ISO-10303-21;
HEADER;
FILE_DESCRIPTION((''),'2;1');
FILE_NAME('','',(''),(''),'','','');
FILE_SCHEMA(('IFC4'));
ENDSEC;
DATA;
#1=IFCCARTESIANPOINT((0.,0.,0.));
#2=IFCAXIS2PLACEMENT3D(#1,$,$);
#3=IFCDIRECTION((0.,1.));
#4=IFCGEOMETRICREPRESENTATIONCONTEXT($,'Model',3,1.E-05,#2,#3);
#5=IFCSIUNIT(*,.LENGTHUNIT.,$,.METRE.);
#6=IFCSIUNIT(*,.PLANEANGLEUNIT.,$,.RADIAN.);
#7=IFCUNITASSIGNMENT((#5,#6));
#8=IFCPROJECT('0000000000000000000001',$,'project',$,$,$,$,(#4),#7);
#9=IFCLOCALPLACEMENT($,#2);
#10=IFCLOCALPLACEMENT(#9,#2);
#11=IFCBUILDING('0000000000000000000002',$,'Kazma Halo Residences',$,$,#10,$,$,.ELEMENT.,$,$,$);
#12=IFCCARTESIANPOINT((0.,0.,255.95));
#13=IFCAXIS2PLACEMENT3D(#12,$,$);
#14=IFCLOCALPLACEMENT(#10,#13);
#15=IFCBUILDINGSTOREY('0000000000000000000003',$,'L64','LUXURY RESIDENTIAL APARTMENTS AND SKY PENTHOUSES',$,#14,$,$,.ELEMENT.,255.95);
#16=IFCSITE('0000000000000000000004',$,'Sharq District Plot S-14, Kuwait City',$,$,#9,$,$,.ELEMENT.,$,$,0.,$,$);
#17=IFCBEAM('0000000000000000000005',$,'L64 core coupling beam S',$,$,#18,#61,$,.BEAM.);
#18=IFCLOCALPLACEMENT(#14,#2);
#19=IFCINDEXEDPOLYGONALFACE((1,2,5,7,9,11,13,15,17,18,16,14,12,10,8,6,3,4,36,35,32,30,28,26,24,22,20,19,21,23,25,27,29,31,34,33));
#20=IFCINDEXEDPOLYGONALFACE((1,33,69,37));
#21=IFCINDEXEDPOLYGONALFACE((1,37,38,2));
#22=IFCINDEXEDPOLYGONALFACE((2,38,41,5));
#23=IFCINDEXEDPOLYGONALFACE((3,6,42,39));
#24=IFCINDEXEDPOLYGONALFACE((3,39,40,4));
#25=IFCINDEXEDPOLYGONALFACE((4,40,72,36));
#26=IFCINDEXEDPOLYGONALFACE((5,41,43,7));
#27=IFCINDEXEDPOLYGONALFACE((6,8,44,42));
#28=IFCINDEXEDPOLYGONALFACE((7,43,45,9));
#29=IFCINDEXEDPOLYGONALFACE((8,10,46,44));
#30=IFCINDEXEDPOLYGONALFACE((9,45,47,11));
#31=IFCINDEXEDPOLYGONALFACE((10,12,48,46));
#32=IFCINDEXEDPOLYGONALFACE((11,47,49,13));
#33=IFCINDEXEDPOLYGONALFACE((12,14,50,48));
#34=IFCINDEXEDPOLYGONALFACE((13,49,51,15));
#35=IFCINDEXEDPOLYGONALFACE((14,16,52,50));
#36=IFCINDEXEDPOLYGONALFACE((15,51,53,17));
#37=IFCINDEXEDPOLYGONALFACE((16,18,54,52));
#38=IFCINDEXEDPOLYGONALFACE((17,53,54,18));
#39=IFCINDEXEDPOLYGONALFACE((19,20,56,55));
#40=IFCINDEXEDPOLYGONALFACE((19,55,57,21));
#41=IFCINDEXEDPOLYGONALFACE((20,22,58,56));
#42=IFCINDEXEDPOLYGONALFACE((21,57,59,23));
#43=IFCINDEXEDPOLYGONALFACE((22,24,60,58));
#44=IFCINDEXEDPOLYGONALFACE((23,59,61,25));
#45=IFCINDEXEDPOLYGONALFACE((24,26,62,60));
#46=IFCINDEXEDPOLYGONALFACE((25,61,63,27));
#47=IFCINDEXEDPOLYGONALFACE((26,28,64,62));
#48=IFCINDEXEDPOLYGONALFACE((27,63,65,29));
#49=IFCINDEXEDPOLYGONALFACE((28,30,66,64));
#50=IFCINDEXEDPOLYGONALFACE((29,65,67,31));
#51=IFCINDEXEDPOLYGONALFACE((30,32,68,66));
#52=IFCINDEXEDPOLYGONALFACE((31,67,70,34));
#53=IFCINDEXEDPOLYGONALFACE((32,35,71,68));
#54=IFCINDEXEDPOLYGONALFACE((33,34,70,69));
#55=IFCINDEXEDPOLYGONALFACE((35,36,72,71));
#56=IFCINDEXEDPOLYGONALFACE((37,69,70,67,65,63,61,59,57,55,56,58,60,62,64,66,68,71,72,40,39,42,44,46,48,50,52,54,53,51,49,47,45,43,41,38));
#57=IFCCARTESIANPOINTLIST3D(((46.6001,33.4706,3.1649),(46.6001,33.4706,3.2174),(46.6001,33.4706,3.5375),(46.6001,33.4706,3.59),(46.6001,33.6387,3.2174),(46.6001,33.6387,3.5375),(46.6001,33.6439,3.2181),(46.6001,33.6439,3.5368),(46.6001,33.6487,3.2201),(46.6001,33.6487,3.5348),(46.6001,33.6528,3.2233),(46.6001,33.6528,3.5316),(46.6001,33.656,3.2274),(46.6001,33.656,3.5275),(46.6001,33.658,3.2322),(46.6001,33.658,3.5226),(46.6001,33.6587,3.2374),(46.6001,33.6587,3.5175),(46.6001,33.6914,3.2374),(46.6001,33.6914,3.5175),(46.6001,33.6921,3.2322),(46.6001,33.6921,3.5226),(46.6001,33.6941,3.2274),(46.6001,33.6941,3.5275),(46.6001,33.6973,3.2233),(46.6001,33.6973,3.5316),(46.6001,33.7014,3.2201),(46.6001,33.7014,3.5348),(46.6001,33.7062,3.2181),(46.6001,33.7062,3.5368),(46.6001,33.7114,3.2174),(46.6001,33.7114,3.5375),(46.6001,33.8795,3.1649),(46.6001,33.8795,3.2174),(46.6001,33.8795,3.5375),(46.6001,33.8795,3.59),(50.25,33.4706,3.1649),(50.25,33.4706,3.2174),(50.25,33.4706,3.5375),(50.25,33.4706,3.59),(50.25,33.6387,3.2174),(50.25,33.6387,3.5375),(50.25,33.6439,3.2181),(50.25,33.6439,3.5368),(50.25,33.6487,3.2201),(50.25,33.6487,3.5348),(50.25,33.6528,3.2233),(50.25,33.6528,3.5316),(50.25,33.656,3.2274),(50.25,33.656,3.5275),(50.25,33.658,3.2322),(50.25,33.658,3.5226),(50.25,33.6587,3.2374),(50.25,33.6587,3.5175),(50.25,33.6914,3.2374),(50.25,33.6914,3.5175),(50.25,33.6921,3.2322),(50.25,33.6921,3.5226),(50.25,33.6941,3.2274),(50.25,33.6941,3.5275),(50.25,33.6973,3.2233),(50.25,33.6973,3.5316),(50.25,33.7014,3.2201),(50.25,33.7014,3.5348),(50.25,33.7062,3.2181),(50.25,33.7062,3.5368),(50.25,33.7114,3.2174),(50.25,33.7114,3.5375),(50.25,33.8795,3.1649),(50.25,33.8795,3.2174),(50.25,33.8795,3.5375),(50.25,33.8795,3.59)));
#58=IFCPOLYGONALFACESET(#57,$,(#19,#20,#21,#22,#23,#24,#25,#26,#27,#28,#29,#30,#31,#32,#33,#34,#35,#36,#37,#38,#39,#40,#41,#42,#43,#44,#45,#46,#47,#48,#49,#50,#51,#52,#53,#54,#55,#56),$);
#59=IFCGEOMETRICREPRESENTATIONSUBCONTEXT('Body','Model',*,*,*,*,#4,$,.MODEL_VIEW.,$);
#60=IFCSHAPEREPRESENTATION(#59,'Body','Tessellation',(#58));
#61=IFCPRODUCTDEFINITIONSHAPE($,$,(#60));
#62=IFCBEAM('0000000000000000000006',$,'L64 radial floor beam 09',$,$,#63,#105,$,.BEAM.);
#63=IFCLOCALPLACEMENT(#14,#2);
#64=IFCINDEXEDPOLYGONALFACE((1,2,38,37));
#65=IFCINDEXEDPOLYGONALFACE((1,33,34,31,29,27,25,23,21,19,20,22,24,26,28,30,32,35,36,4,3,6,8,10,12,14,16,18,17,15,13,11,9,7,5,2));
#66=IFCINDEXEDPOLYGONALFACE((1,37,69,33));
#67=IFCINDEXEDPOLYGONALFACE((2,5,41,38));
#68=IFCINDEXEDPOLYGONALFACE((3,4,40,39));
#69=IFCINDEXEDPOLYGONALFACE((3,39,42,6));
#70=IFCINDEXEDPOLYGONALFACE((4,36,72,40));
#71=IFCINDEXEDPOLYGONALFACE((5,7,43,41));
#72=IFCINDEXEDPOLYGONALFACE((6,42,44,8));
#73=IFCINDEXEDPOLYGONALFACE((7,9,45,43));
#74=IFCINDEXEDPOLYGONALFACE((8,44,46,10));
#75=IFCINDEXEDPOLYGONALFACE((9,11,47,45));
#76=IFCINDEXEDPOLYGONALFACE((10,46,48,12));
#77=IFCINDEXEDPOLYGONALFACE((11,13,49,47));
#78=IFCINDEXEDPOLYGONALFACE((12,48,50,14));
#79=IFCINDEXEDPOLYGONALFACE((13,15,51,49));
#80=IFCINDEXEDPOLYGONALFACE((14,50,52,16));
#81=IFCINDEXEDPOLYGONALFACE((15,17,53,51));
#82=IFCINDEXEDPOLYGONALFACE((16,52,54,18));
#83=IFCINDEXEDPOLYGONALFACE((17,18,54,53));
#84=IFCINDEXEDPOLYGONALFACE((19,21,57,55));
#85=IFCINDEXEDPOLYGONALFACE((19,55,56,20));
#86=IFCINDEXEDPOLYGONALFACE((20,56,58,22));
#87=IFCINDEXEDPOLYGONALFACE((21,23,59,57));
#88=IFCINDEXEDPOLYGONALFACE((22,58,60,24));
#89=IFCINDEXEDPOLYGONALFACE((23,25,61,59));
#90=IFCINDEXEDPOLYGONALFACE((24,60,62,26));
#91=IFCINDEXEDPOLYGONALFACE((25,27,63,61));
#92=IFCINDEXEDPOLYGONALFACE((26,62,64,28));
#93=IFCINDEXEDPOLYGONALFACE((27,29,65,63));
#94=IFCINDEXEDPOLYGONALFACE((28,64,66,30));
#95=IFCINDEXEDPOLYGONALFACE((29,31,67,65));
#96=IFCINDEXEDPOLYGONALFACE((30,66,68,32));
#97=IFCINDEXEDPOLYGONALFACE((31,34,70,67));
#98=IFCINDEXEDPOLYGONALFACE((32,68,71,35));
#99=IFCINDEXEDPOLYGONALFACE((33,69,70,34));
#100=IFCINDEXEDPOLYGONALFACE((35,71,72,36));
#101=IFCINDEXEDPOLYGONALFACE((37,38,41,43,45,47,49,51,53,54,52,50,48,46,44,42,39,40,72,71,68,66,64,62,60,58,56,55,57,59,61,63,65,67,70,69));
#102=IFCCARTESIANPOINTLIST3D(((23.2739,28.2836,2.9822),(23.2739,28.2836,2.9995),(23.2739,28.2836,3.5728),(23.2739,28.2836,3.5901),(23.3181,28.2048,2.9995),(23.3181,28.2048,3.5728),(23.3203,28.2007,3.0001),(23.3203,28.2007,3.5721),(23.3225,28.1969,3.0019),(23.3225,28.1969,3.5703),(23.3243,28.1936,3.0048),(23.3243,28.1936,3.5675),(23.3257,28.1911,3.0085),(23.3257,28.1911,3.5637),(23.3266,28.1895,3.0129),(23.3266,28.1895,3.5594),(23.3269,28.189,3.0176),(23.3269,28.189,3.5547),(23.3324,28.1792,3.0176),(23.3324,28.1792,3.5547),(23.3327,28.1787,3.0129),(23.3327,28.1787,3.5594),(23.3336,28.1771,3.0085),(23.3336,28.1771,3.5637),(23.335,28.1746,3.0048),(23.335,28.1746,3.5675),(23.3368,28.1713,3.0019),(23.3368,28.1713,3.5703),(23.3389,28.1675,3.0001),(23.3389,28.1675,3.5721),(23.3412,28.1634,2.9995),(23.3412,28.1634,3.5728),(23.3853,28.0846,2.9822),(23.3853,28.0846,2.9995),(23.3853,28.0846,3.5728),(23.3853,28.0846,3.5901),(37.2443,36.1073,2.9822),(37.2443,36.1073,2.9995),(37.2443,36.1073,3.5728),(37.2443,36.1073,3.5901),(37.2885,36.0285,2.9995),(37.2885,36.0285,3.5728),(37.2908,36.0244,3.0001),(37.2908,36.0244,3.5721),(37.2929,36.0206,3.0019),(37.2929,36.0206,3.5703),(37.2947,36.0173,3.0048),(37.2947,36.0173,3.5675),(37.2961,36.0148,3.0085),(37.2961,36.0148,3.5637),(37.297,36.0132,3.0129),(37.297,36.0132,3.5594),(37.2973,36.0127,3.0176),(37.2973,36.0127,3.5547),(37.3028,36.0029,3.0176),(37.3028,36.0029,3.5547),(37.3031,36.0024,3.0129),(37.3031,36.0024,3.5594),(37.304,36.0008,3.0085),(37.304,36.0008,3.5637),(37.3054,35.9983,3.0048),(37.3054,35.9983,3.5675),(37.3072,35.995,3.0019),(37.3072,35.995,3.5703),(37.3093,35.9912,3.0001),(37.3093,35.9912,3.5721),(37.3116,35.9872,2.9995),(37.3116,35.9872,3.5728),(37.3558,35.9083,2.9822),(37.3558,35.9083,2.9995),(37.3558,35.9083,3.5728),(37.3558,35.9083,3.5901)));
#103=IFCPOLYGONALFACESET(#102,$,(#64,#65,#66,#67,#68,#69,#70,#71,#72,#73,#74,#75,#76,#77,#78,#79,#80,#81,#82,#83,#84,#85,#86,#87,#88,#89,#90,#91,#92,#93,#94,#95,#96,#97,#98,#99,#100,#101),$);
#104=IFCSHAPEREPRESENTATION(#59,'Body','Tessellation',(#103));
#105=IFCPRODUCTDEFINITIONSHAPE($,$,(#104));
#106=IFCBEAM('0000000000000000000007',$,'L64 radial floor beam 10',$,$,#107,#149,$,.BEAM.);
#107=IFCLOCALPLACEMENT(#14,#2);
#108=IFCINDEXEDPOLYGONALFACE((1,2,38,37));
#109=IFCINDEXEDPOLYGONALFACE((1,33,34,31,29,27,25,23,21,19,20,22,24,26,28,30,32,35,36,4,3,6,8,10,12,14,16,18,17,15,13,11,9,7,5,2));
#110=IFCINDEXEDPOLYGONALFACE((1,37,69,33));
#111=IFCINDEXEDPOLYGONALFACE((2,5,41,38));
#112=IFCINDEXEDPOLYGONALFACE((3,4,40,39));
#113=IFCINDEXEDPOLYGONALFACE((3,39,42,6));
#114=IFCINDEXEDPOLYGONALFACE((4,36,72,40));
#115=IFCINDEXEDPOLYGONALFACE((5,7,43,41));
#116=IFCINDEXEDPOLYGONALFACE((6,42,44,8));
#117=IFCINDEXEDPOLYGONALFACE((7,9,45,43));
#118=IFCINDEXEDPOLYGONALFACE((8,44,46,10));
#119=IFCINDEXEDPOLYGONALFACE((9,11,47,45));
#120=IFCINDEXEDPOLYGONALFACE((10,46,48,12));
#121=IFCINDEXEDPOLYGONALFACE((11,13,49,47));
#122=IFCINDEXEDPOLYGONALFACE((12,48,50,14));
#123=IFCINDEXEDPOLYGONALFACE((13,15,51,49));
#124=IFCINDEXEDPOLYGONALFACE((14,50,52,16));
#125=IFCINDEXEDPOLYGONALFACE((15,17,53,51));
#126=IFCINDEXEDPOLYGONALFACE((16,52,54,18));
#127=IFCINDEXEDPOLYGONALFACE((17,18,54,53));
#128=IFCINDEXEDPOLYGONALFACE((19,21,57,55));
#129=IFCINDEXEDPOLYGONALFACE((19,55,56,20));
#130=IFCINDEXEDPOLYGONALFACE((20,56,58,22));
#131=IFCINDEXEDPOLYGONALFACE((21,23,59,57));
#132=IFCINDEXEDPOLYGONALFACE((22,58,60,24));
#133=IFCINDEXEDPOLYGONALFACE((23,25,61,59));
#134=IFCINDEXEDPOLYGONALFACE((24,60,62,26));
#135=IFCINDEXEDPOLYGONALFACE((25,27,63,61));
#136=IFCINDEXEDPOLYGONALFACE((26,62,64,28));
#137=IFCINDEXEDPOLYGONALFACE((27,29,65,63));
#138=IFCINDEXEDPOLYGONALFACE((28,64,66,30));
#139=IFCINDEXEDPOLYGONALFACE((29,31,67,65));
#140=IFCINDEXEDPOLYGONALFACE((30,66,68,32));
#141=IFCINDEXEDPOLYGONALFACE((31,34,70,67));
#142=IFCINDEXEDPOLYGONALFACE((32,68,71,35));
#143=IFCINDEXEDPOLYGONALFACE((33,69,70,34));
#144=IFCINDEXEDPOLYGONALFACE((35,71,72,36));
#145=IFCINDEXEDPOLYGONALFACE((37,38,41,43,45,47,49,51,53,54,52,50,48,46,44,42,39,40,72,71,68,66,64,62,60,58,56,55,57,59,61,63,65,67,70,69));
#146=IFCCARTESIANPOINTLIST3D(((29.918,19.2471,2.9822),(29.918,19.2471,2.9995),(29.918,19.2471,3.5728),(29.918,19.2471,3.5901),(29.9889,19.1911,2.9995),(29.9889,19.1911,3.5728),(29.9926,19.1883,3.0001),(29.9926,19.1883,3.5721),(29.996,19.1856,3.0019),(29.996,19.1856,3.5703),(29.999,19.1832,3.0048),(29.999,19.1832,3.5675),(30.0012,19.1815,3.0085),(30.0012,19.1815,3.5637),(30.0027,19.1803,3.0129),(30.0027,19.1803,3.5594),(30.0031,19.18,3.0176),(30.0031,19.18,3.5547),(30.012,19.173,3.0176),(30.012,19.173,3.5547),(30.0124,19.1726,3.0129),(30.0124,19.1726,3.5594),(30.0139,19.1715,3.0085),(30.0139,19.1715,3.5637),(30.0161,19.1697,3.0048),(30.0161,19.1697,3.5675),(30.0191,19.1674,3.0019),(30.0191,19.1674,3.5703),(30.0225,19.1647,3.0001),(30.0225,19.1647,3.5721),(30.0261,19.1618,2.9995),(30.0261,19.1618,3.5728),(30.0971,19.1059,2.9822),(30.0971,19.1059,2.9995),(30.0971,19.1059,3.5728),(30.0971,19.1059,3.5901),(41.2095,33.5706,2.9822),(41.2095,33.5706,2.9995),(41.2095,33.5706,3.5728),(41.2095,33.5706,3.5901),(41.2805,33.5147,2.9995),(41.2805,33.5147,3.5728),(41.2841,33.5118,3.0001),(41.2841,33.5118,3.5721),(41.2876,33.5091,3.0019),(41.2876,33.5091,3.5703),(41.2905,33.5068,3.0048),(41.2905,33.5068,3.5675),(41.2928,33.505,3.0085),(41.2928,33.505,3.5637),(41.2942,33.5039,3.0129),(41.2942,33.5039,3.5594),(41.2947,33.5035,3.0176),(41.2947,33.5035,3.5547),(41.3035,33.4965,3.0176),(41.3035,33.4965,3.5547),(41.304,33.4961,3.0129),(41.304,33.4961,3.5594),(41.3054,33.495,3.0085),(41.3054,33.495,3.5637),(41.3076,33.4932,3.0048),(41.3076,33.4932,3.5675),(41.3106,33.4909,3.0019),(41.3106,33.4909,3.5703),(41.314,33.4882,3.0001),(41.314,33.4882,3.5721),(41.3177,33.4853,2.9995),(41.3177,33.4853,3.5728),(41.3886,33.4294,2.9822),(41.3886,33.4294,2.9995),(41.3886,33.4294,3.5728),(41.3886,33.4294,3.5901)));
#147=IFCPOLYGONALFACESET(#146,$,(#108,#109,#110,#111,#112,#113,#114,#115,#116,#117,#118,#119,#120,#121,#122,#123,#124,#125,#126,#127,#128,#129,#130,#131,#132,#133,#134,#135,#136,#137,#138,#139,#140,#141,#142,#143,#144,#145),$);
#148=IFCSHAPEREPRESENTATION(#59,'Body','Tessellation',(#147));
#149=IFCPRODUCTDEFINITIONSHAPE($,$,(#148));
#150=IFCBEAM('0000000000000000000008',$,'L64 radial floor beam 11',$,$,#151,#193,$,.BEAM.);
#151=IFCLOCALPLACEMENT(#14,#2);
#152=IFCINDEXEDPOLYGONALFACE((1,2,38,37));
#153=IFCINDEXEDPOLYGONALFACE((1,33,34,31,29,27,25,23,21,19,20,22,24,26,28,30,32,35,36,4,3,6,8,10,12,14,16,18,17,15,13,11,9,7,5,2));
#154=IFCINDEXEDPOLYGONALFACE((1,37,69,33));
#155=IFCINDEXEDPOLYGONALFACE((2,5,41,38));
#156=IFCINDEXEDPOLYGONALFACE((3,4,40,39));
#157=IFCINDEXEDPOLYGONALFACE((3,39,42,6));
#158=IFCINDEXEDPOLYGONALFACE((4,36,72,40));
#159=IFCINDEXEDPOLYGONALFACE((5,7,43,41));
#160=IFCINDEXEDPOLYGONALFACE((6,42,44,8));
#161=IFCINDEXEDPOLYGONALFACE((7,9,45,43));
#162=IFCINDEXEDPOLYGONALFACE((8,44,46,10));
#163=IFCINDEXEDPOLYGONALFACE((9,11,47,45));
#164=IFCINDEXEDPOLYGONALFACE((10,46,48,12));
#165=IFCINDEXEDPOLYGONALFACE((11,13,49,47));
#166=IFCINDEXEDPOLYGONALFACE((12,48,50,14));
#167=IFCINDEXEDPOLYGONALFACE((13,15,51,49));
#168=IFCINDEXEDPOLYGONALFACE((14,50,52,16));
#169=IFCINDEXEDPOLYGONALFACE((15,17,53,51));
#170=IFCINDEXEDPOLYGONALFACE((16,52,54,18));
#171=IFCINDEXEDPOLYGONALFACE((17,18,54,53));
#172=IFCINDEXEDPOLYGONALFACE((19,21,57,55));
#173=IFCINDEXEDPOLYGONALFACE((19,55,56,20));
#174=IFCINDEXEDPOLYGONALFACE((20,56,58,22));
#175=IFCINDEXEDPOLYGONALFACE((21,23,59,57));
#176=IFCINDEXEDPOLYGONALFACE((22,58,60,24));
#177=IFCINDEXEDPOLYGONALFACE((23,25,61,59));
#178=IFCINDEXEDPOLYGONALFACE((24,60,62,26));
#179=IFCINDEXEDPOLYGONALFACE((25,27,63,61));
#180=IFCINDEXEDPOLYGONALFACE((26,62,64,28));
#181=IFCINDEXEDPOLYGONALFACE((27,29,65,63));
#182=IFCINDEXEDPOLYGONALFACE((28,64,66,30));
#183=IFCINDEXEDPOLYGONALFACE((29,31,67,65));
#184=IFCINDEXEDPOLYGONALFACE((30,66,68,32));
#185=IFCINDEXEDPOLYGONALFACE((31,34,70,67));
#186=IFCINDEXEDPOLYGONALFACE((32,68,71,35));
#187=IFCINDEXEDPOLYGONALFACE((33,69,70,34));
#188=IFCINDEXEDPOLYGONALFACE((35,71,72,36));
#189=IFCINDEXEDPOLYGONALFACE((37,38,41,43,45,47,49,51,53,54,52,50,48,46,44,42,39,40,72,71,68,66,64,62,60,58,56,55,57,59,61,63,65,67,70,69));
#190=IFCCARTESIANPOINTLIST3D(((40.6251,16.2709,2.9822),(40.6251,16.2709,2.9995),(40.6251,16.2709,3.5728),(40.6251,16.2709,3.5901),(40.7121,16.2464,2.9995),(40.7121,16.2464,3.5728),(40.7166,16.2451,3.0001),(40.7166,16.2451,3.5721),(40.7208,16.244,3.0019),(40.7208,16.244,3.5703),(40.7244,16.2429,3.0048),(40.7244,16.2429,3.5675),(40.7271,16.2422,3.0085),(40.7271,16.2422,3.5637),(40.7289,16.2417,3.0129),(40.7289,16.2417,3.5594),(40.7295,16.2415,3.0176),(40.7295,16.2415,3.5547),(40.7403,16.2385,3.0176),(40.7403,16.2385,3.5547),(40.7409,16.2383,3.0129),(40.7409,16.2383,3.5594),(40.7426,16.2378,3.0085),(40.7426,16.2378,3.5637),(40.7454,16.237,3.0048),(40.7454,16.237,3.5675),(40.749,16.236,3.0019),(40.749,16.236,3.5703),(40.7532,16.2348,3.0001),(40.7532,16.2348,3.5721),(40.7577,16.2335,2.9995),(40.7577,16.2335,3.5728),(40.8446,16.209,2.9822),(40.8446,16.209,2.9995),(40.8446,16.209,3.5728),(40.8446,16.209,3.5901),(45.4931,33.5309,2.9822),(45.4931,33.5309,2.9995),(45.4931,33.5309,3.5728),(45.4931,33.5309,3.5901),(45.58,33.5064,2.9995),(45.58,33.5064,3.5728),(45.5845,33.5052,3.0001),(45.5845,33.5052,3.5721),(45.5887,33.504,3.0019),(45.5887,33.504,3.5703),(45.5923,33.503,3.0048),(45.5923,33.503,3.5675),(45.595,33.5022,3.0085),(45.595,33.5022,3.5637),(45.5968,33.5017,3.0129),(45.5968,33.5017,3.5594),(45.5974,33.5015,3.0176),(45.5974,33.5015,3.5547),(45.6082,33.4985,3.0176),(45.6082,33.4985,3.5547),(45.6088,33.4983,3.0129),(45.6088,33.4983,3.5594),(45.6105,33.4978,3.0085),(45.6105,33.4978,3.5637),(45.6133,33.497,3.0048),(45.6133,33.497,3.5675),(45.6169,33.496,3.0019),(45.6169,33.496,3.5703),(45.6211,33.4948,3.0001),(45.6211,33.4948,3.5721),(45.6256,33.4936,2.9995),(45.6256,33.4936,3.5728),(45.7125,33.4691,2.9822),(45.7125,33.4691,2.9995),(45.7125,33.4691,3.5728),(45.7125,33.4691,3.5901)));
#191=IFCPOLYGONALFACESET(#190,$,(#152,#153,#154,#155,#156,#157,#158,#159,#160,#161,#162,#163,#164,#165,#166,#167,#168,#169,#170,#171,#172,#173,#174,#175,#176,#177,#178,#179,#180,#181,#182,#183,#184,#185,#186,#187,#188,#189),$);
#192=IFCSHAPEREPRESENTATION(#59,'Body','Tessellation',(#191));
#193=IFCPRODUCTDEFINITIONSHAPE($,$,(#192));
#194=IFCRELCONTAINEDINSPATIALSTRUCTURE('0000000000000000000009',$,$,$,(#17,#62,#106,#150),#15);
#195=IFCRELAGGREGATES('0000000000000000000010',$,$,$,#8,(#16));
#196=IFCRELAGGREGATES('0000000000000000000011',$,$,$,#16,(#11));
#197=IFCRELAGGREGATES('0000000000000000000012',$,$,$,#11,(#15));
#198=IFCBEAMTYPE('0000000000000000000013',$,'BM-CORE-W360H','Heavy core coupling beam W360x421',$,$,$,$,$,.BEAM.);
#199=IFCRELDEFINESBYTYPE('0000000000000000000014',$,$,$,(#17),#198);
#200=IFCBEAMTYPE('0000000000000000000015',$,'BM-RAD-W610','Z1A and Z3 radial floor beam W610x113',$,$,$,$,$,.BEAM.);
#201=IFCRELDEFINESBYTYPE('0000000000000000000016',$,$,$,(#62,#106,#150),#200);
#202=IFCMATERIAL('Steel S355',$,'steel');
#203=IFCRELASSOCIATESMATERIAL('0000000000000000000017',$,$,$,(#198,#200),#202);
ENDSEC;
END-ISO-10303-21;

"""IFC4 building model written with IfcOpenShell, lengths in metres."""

from ifc_helpers import new_model, si_unit, direction, frame, origin, origin_2d, place, context, subcontext, project, spatial, i_section, extrude, material, material_profile, profile_set, type_object, element, save


model = new_model("IFC4")

# Units and contexts
model_context = context("Model", 3, precision=1e-05, world=origin(), true_north=direction((0.0, 1.0)))
body_context = subcontext(model_context, "Body", "Model", "MODEL_VIEW")
ifc_project = project(units=[si_unit("LENGTHUNIT", "METRE"), si_unit("PLANEANGLEUNIT", "RADIAN")], contexts=[model_context])

# Site, building, storey
site_placement = place(None, origin())
site = spatial("IfcSite", under=ifc_project, at=site_placement, Name="Sharq District Plot S-14, Kuwait City", CompositionType="ELEMENT", RefElevation=0.0)
building_placement = place(site_placement, origin())
building = spatial("IfcBuilding", under=site, at=building_placement, Name="Kazma Halo Residences", CompositionType="ELEMENT")
storey_placement = place(building_placement, frame((0.0, 0.0, 255.95)))
storey = spatial("IfcBuildingStorey", under=building, at=storey_placement, Name="L64", Description="LUXURY RESIDENTIAL APARTMENTS AND SKY PENTHOUSES", CompositionType="ELEMENT", Elevation=255.95)

# Beams
ifc_material_1 = material(Name="Steel S355", Category="steel")
ifc_material_profile_1 = material_profile(ifc_material_1, i_section(OverallWidth=0.4089, OverallDepth=0.425, WebThickness=0.0327, FlangeThickness=0.0525, FilletRadius=0.02, at=origin_2d()), Name="W360x421")
ifc_profile_set_1 = profile_set([ifc_material_profile_1], Name="Steel S355")
beam_type_1 = type_object("IfcBeamType", Name="BM-CORE-W360H", Description="Heavy core coupling beam W360x421", PredefinedType="BEAM", material=ifc_profile_set_1)
beam_1_placement = place(storey_placement, frame((46.6001, 33.675, 3.3774), z_axis=(1.0, 0.0, 0.0), x_axis=(0.0, 1.0, 0.0)))
element("IfcBeam", 1, at=beam_1_placement, inside=storey, type_object=beam_type_1, Name="L64 core coupling beam S", PredefinedType="BEAM", context=body_context, shape_type="SweptSolid", body=[
    extrude(i_section(OverallWidth=0.4089, OverallDepth=0.425, WebThickness=0.0327, FlangeThickness=0.0525, FilletRadius=0.02, at=origin_2d()), origin(), (0.0, 0.0, 1.0), 3.6499),
])
ifc_material_profile_2 = material_profile(ifc_material_1, i_section(OverallWidth=0.228, OverallDepth=0.6079, WebThickness=0.0112, FlangeThickness=0.0173, FilletRadius=0.0181, at=origin_2d()), Name="W610x113")
ifc_profile_set_2 = profile_set([ifc_material_profile_2], Name="Steel S355")
beam_type_2 = type_object("IfcBeamType", Name="BM-RAD-W610", Description="Z1A and Z3 radial floor beam W610x113", PredefinedType="BEAM", material=ifc_profile_set_2)
beam_2_placement = place(storey_placement, frame((37.3, 36.0078, 3.2861), z_axis=(-0.872499, -0.488616, 0.0), x_axis=(0.488616, -0.872499, 0.0)))
element("IfcBeam", 2, at=beam_2_placement, inside=storey, type_object=beam_type_2, Name="L64 radial floor beam 09", PredefinedType="BEAM", context=body_context, shape_type="SweptSolid", body=[
    extrude(i_section(OverallWidth=0.228, OverallDepth=0.6079, WebThickness=0.0112, FlangeThickness=0.0173, FilletRadius=0.0181, at=origin_2d()), origin(), (0.0, 0.0, 1.0), 16.012),
])
beam_3_placement = place(storey_placement, frame((41.2991, 33.5, 3.2861), z_axis=(-0.619086, -0.785323, 0.0), x_axis=(0.785323, -0.619086, 0.0)))
element("IfcBeam", 3, at=beam_3_placement, inside=storey, type_object=beam_type_2, Name="L64 radial floor beam 10", PredefinedType="BEAM", context=body_context, shape_type="SweptSolid", body=[
    extrude(i_section(OverallWidth=0.228, OverallDepth=0.6079, WebThickness=0.0112, FlangeThickness=0.0173, FilletRadius=0.0181, at=origin_2d()), origin(), (0.0, 0.0, 1.0), 18.239),
])
beam_4_placement = place(storey_placement, frame((45.6028, 33.5, 3.2861), z_axis=(-0.271445, -0.962454, 0.0), x_axis=(0.962454, -0.271445, 0.0)))
element("IfcBeam", 4, at=beam_4_placement, inside=storey, type_object=beam_type_2, Name="L64 radial floor beam 11", PredefinedType="BEAM", context=body_context, shape_type="SweptSolid", body=[
    extrude(i_section(OverallWidth=0.228, OverallDepth=0.6079, WebThickness=0.0112, FlangeThickness=0.0173, FilletRadius=0.0181, at=origin_2d()), origin(), (0.0, 0.0, 1.0), 17.9333),
])

save(model, "model.ifc")
